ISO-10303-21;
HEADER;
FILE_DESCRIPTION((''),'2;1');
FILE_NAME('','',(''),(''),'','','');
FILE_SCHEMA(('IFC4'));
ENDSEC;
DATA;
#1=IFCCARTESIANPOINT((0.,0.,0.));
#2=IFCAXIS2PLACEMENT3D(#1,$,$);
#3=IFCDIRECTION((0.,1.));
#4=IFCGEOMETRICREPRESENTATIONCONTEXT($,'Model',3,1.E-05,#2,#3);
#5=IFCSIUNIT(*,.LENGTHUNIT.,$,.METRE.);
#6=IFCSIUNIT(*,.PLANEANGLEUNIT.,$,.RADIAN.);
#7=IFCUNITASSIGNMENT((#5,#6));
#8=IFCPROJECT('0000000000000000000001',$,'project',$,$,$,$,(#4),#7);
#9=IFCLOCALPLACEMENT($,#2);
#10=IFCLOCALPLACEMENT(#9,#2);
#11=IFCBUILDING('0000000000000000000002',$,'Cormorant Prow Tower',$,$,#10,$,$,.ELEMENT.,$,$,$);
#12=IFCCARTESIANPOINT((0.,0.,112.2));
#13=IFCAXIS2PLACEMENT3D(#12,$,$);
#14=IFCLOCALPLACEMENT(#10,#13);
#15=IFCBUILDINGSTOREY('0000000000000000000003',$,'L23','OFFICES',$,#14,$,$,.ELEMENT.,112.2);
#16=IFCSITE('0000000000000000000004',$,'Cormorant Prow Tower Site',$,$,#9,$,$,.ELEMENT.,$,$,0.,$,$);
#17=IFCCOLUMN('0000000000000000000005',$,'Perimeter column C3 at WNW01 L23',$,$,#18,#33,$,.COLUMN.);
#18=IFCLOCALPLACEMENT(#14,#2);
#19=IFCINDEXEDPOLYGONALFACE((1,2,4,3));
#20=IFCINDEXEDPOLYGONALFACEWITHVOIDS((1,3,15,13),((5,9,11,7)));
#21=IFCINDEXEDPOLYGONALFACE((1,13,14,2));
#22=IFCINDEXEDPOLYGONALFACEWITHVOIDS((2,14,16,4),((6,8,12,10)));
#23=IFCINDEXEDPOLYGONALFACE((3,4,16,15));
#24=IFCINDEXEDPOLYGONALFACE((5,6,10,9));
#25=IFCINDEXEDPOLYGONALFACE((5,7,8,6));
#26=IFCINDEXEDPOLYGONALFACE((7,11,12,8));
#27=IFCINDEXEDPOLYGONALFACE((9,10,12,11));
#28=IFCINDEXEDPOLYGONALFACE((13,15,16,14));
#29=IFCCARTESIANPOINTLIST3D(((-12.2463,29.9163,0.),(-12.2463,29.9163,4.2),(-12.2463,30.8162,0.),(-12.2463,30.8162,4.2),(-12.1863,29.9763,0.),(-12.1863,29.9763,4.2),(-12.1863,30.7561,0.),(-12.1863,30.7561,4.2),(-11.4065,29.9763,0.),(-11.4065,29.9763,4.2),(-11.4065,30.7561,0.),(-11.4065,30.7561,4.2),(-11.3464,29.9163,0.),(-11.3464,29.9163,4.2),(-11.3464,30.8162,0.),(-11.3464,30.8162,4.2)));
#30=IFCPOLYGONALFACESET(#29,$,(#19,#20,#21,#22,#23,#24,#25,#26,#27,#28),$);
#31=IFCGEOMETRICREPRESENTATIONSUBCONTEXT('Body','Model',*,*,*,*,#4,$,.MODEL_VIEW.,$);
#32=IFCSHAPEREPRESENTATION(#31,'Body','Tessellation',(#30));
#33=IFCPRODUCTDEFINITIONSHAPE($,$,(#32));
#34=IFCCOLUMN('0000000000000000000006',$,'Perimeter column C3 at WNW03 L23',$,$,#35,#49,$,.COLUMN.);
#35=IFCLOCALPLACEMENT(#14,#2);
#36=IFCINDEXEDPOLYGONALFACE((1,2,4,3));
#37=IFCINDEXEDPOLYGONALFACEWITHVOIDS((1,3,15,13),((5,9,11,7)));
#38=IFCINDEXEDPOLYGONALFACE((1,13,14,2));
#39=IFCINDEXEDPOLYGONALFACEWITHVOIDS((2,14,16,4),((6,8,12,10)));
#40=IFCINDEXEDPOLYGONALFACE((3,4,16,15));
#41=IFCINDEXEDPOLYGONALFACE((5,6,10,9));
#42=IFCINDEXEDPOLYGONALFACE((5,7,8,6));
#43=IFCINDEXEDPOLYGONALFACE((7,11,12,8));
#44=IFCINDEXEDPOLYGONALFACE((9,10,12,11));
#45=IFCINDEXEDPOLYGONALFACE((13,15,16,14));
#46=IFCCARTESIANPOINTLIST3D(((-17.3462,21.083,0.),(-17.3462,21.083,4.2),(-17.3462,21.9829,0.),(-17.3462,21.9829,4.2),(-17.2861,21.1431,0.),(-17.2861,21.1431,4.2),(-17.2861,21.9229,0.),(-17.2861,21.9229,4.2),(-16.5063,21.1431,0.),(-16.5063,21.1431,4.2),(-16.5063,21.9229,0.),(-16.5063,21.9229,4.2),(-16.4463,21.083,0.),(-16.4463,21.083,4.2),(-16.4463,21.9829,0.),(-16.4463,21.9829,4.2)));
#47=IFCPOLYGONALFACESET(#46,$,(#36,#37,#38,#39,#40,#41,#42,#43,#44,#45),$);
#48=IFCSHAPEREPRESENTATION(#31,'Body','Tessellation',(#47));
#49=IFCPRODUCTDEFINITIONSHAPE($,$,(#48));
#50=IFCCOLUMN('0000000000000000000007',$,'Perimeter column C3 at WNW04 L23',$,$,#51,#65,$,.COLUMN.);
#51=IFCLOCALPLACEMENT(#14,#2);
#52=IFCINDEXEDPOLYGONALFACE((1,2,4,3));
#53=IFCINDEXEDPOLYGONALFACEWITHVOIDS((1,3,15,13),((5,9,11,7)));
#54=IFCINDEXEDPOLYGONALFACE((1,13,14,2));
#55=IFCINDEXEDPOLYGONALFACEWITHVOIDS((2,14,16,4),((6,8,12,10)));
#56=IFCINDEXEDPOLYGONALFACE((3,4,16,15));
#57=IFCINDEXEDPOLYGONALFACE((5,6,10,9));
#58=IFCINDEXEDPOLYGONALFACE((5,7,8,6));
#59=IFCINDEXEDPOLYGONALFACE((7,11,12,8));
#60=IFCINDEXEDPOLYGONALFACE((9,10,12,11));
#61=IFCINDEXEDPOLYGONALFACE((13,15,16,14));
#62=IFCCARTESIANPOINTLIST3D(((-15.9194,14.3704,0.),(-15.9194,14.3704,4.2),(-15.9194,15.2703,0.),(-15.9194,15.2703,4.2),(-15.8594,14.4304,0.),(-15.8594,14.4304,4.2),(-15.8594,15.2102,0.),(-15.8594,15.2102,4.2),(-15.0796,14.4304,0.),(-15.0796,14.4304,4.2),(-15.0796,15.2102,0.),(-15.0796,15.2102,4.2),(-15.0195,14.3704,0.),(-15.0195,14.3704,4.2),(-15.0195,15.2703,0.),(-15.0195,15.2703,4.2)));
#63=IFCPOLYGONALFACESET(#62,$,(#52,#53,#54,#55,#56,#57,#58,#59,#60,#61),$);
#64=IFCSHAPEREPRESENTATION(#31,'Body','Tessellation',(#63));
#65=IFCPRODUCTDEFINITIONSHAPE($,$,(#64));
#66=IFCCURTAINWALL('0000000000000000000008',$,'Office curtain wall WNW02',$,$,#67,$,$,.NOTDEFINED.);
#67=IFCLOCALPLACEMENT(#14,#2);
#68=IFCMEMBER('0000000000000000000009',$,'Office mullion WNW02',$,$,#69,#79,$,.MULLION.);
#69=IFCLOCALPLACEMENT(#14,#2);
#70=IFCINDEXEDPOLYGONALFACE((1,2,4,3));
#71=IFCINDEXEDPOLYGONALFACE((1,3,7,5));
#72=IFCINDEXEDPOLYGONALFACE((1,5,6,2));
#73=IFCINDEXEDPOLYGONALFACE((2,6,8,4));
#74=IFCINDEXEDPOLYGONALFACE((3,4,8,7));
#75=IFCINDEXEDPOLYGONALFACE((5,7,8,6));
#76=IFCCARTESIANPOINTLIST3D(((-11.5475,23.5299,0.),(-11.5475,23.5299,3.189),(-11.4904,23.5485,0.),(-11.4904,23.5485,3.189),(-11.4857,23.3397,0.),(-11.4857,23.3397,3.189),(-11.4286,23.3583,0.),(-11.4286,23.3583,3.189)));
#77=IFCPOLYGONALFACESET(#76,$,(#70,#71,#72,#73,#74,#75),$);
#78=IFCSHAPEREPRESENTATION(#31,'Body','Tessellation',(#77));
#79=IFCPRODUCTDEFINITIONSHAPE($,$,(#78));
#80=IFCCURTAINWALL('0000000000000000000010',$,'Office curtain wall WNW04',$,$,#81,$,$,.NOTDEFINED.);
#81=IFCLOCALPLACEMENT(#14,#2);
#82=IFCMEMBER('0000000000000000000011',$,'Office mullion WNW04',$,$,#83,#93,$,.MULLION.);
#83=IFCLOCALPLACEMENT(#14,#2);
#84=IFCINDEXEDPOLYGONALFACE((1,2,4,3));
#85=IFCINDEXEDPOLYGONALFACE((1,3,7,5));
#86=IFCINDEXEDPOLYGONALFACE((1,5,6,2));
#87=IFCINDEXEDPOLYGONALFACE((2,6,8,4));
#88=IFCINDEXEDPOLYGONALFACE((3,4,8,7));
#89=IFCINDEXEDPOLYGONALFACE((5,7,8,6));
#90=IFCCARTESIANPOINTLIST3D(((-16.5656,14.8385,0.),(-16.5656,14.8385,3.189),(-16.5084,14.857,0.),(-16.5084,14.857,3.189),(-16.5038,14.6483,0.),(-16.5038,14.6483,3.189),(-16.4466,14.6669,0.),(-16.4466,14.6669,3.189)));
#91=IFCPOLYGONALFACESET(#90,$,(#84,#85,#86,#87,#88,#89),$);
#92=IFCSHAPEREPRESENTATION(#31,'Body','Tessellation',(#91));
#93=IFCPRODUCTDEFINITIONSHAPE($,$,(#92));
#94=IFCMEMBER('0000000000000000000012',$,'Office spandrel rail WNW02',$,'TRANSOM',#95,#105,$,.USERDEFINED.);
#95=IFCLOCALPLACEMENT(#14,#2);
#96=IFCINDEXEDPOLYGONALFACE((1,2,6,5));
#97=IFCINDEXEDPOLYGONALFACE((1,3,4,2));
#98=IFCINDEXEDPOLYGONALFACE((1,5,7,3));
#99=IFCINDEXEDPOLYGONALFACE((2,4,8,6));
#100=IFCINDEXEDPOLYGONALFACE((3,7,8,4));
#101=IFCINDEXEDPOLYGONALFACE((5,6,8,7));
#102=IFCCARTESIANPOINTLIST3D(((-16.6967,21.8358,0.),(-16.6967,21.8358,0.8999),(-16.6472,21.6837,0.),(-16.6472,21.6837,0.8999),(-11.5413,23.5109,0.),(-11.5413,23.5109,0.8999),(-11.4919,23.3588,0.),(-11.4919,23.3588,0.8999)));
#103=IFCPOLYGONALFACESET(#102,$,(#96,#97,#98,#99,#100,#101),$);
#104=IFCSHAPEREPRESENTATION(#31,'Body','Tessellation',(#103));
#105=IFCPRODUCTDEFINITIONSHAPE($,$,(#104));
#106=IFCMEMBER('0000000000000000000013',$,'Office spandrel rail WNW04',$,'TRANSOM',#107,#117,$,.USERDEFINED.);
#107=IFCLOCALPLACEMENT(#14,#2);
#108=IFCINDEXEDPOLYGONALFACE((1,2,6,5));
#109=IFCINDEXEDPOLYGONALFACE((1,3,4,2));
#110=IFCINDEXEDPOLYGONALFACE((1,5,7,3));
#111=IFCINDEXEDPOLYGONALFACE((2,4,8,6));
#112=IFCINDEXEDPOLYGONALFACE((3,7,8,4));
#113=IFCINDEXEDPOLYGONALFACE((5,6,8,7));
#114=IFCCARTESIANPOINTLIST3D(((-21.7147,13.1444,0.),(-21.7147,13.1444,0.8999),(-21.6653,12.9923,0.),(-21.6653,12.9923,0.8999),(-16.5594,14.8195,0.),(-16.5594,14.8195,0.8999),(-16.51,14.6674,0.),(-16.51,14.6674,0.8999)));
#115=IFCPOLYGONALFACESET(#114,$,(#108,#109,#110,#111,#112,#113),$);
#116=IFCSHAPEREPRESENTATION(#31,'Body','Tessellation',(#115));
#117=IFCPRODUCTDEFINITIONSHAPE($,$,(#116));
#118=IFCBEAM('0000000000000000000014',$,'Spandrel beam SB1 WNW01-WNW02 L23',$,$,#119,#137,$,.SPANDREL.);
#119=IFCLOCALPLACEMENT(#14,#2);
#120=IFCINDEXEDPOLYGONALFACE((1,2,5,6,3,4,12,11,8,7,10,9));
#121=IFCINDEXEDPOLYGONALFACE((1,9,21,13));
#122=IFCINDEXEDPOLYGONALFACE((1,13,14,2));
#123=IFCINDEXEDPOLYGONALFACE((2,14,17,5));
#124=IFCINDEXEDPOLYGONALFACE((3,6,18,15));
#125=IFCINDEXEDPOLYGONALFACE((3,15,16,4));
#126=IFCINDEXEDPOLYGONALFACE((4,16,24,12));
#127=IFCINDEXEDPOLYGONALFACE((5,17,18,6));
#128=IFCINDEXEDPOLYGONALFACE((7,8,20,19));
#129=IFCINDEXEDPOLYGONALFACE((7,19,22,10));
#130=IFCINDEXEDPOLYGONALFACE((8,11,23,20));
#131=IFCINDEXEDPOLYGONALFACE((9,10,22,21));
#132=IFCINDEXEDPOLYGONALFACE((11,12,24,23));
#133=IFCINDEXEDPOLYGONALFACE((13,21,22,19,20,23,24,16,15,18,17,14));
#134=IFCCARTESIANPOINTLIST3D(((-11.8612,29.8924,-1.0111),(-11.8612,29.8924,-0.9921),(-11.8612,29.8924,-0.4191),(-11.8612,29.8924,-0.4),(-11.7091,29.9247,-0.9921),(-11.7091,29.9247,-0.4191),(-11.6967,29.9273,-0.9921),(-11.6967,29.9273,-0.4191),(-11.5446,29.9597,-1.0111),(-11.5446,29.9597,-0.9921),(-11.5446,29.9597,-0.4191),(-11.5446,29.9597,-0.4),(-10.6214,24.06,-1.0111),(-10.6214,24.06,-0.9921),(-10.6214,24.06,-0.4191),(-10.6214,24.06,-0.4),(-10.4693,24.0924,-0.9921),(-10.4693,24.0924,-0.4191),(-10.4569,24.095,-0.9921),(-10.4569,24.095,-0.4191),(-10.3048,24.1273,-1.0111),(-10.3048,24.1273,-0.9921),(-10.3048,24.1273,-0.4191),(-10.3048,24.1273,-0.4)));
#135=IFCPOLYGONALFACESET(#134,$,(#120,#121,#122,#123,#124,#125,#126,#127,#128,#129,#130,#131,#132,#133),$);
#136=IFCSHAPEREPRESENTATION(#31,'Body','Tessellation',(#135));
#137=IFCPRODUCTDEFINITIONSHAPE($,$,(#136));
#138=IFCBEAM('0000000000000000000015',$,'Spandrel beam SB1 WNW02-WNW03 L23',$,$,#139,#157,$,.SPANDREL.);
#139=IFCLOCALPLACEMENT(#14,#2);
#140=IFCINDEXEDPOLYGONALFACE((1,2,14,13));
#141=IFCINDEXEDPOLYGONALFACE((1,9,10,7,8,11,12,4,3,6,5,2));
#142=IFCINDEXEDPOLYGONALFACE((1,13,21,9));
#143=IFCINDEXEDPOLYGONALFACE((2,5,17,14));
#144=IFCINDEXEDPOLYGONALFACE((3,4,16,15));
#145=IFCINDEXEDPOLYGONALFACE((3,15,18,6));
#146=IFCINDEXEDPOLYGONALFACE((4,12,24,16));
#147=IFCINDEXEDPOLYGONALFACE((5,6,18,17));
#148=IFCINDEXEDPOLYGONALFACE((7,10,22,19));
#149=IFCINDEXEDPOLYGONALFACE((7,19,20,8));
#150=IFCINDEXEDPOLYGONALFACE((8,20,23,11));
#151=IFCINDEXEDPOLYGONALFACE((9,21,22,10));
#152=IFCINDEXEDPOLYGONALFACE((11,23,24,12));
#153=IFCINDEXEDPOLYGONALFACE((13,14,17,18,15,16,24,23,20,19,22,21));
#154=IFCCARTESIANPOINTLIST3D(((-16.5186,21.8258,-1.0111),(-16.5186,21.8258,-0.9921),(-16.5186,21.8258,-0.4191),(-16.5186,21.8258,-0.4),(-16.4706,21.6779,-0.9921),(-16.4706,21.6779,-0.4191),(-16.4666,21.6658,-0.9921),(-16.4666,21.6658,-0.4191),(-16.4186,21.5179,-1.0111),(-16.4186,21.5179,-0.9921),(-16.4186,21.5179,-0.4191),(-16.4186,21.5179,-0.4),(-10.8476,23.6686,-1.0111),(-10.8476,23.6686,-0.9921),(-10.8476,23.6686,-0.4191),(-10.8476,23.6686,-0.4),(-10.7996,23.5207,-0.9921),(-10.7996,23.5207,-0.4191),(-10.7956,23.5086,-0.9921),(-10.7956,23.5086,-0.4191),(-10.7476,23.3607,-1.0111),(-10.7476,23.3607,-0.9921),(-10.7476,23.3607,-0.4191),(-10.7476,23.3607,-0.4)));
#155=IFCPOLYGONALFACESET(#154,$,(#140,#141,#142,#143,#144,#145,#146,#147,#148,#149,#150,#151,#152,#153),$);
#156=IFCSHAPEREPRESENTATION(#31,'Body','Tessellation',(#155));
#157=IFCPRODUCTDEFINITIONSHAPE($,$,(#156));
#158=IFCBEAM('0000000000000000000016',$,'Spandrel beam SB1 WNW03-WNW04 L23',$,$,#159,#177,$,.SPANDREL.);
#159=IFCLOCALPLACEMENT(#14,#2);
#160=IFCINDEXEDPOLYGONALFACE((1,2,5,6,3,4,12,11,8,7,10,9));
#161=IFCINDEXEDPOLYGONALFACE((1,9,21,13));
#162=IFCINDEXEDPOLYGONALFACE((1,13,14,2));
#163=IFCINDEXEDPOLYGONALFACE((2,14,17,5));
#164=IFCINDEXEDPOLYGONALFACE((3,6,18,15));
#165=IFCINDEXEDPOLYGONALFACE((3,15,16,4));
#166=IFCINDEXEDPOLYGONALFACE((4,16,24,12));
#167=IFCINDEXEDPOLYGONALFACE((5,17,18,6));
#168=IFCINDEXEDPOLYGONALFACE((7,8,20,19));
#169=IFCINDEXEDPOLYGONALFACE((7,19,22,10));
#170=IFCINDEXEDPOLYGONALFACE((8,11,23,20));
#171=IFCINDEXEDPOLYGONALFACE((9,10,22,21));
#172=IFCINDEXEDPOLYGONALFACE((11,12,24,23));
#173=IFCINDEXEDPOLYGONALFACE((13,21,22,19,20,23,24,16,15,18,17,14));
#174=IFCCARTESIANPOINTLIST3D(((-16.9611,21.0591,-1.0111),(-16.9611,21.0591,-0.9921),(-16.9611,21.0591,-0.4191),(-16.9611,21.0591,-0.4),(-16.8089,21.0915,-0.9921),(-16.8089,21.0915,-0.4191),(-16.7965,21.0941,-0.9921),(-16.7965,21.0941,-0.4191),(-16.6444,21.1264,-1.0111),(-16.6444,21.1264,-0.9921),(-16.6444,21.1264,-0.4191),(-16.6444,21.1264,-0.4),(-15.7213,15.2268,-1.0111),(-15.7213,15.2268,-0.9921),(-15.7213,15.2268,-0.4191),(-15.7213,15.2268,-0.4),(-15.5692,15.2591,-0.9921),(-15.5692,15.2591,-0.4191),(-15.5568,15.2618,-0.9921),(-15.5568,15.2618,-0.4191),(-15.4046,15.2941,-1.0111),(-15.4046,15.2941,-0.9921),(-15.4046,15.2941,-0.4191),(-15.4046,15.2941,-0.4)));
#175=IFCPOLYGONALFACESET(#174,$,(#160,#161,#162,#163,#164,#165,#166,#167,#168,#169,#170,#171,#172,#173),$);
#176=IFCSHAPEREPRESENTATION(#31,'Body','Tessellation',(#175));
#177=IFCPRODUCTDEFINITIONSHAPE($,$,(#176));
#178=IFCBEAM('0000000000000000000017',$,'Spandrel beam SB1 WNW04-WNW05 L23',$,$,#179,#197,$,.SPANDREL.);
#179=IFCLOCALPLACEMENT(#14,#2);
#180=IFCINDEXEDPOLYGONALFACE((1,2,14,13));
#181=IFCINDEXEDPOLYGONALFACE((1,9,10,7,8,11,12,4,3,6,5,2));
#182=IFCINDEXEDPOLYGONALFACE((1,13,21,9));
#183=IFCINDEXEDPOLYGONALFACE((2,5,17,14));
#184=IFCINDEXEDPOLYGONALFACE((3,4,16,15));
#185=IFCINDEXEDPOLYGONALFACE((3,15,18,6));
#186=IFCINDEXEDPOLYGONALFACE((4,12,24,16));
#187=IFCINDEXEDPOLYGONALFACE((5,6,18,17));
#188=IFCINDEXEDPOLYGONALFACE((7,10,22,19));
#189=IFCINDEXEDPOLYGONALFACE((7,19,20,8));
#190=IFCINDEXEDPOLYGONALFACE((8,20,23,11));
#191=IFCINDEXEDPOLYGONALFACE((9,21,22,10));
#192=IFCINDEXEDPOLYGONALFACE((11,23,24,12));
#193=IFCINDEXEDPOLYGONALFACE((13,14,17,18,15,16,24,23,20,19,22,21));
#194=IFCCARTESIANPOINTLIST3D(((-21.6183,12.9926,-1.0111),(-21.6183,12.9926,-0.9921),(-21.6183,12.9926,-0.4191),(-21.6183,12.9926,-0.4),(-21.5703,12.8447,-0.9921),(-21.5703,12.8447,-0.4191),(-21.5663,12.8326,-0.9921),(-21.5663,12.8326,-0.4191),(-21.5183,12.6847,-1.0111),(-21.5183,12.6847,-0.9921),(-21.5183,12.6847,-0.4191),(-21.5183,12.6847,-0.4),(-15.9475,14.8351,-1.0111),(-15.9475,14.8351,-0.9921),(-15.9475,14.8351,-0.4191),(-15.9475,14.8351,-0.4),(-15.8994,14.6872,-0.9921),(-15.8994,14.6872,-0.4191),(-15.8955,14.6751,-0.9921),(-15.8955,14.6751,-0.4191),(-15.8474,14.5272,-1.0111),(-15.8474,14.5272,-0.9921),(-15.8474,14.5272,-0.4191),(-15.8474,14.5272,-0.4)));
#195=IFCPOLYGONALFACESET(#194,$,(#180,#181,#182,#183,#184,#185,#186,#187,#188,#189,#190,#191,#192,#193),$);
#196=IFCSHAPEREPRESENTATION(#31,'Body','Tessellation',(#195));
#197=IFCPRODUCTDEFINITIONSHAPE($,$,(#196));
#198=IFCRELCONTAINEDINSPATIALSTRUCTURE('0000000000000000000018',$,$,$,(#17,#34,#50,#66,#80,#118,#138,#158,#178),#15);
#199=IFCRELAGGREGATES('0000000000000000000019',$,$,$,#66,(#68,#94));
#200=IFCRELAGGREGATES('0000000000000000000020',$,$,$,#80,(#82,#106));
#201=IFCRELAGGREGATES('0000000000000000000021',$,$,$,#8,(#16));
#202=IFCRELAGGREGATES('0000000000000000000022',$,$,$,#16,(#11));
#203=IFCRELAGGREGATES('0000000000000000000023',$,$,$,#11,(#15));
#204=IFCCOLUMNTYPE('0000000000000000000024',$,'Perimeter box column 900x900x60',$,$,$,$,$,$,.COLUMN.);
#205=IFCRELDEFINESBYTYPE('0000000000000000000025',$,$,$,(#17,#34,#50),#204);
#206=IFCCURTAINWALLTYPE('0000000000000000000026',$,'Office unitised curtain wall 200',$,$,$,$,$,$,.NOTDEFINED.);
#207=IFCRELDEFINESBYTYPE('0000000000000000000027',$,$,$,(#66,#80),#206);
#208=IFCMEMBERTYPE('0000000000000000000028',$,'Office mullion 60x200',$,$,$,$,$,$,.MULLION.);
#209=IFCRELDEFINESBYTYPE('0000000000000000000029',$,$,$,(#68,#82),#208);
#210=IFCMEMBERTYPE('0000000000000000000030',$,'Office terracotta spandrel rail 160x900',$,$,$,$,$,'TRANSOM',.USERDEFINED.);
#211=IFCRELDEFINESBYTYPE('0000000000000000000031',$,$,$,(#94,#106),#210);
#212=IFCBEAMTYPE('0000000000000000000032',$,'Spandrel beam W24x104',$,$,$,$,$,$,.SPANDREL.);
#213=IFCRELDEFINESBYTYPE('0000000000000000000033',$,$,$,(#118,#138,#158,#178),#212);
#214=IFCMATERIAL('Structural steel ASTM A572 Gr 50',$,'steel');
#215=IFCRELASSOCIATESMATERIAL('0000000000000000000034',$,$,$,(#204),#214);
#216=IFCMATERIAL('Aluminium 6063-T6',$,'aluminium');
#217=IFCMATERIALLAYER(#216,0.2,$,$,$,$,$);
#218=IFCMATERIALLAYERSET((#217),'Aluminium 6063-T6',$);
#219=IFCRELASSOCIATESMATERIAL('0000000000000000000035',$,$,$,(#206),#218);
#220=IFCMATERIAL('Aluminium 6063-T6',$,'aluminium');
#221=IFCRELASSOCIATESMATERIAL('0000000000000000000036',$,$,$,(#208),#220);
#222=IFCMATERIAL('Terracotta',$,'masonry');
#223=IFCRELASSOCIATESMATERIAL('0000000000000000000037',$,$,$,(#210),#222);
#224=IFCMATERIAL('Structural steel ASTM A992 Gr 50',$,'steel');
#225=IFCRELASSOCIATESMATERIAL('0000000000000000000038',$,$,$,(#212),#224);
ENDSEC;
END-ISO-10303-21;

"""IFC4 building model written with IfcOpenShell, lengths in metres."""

from ifc_helpers import new_model, si_unit, direction, frame, origin, origin_2d, place, context, subcontext, project, spatial, rectangle, hollow_rectangle, i_section, extrude, material, layer, layer_set, material_profile, profile_set, type_object, element, aggregate, save


model = new_model("IFC4")

# Units and contexts
model_context = context("Model", 3, precision=1e-05, world=origin(), true_north=direction((0.0, 1.0)))
body_context = subcontext(model_context, "Body", "Model", "MODEL_VIEW")
ifc_project = project(units=[si_unit("LENGTHUNIT", "METRE"), si_unit("PLANEANGLEUNIT", "RADIAN")], contexts=[model_context])

# Site, building, storey
site_placement = place(None, origin())
site = spatial("IfcSite", under=ifc_project, at=site_placement, Name="Cormorant Prow Tower Site", CompositionType="ELEMENT", RefElevation=0.0)
building_placement = place(site_placement, origin())
building = spatial("IfcBuilding", under=site, at=building_placement, Name="Cormorant Prow Tower", CompositionType="ELEMENT")
storey_placement = place(building_placement, frame((0.0, 0.0, 112.2)))
storey = spatial("IfcBuildingStorey", under=building, at=storey_placement, Name="L23", Description="OFFICES", CompositionType="ELEMENT", Elevation=112.2)

# Columns
ifc_material_1 = material(Name="Structural steel ASTM A572 Gr 50", Category="steel")
ifc_material_profile_1 = material_profile(ifc_material_1, hollow_rectangle(XDim=0.8999, YDim=0.8999, WallThickness=0.0601, at=origin_2d()), Name="Box 900x900x60")
ifc_profile_set_1 = profile_set([ifc_material_profile_1], Name="Structural steel ASTM A572 Gr 50")
column_type = type_object("IfcColumnType", Name="Perimeter box column 900x900x60", PredefinedType="COLUMN", material=ifc_profile_set_1)
for number, where, z_axis, x_axis, name in (
    (1, (-11.7964, 30.3662, 0.0), (0.0, 0.0, 1.0), (1.0, 0.0, 0.0), "Perimeter column C3 at WNW01 L23"),
    (2, (-16.8962, 21.533, 0.0), (0.0, 0.0, 1.0), (1.0, 0.0, 0.0), "Perimeter column C3 at WNW03 L23"),
    (3, (-15.4695, 14.8203, 0.0), (0.0, 0.0, 1.0), (1.0, 0.0, 0.0), "Perimeter column C3 at WNW04 L23"),
):
    element("IfcColumn", number, at=place(storey_placement, frame(where, z_axis=z_axis, x_axis=x_axis)), inside=storey, type_object=column_type, Name=name, PredefinedType="COLUMN", context=body_context, shape_type="SweptSolid", body=[
        extrude(hollow_rectangle(XDim=0.8999, YDim=0.8999, WallThickness=0.0601, at=origin_2d()), origin(), (0.0, 0.0, 1.0), 4.2),
    ])

# Curtain walls, members
ifc_material_2 = material(Name="Aluminium 6063-T6", Category="aluminium")
ifc_layer_1 = layer(ifc_material_2, 0.2)
ifc_layer_set_1 = layer_set([ifc_layer_1], Name="Aluminium 6063-T6")
curtain_wall_type = type_object("IfcCurtainWallType", Name="Office unitised curtain wall 200", PredefinedType="NOTDEFINED", material=ifc_layer_set_1)
curtain_wall_1_placement = place(storey_placement, origin())
curtain_wall_1 = element("IfcCurtainWall", 4, at=curtain_wall_1_placement, inside=storey, type_object=curtain_wall_type, Name="Office curtain wall WNW02", PredefinedType="NOTDEFINED")
ifc_material_3 = material(Name="Aluminium 6063-T6", Category="aluminium")
ifc_material_profile_2 = material_profile(ifc_material_3, rectangle(XDim=0.2, YDim=0.0601, at=origin_2d()), Name="Office mullion 60x200")
ifc_profile_set_2 = profile_set([ifc_material_profile_2], Name="Aluminium 6063-T6")
member_type_1 = type_object("IfcMemberType", Name="Office mullion 60x200", PredefinedType="MULLION", material=ifc_profile_set_2)
member_1_placement = place(storey_placement, frame((-11.488, 23.4441, 0.0), z_axis=(0.0, 0.0, 1.0), x_axis=(0.309017, -0.951057, 0.0)))
member_1 = element("IfcMember", 5, at=member_1_placement, type_object=member_type_1, Name="Office mullion WNW02", PredefinedType="MULLION", context=body_context, shape_type="SweptSolid", body=[
    extrude(rectangle(XDim=0.2, YDim=0.0601, at=origin_2d()), origin(), (0.0, 0.0, 1.0), 3.189),
])
curtain_wall_2_placement = place(storey_placement, origin())
curtain_wall_2 = element("IfcCurtainWall", 6, at=curtain_wall_2_placement, inside=storey, type_object=curtain_wall_type, Name="Office curtain wall WNW04", PredefinedType="NOTDEFINED")
member_2_placement = place(storey_placement, frame((-16.5061, 14.7527, 0.0), z_axis=(0.0, 0.0, 1.0), x_axis=(0.309017, -0.951057, 0.0)))
member_2 = element("IfcMember", 7, at=member_2_placement, type_object=member_type_1, Name="Office mullion WNW04", PredefinedType="MULLION", context=body_context, shape_type="SweptSolid", body=[
    extrude(rectangle(XDim=0.2, YDim=0.0601, at=origin_2d()), origin(), (0.0, 0.0, 1.0), 3.189),
])

# Members
ifc_material_4 = material(Name="Terracotta", Category="masonry")
ifc_material_profile_3 = material_profile(ifc_material_4, rectangle(XDim=0.1599, YDim=0.8999, at=origin_2d()), Name="Office terracotta spandrel rail 160x900")
ifc_profile_set_3 = profile_set([ifc_material_profile_3], Name="Terracotta")
member_type_2 = type_object("IfcMemberType", Name="Office terracotta spandrel rail 160x900", ElementType="TRANSOM", PredefinedType="USERDEFINED", material=ifc_profile_set_3)
member_3_placement = place(storey_placement, frame((-11.5166, 23.4348, 0.45), z_axis=(-0.951057, -0.309017, 0.0), x_axis=(0.309017, -0.951057, 0.0)))
member_3 = element("IfcMember", 8, at=member_3_placement, type_object=member_type_2, Name="Office spandrel rail WNW02", ObjectType="TRANSOM", PredefinedType="USERDEFINED", context=body_context, shape_type="SweptSolid", body=[
    extrude(rectangle(XDim=0.1599, YDim=0.8999, at=origin_2d()), origin(), (0.0, 0.0, 1.0), 5.4207),
])
member_4_placement = place(storey_placement, frame((-16.5347, 14.7434, 0.45), z_axis=(-0.951057, -0.309017, 0.0), x_axis=(0.309017, -0.951057, 0.0)))
member_4 = element("IfcMember", 9, at=member_4_placement, type_object=member_type_2, Name="Office spandrel rail WNW04", ObjectType="TRANSOM", PredefinedType="USERDEFINED", context=body_context, shape_type="SweptSolid", body=[
    extrude(rectangle(XDim=0.1599, YDim=0.8999, at=origin_2d()), origin(), (0.0, 0.0, 1.0), 5.4207),
])

# Beams
ifc_material_5 = material(Name="Structural steel ASTM A992 Gr 50", Category="steel")
ifc_material_profile_4 = material_profile(ifc_material_5, i_section(OverallWidth=0.3237, OverallDepth=0.6111, WebThickness=0.0127, FlangeThickness=0.019, at=origin_2d()), Name="W24x104")
ifc_profile_set_4 = profile_set([ifc_material_profile_4], Name="Structural steel ASTM A992 Gr 50")
beam_type = type_object("IfcBeamType", Name="Spandrel beam W24x104", PredefinedType="SPANDREL", material=ifc_profile_set_4)
beam_1_placement = place(storey_placement, frame((-11.7029, 29.926, -0.7056), z_axis=(0.207921, -0.978146, 0.0), x_axis=(0.978146, 0.207921, 0.0)))
element("IfcBeam", 10, at=beam_1_placement, inside=storey, type_object=beam_type, Name="Spandrel beam SB1 WNW01-WNW02 L23", PredefinedType="SPANDREL", context=body_context, shape_type="SweptSolid", body=[
    extrude(i_section(OverallWidth=0.3237, OverallDepth=0.6111, WebThickness=0.0127, FlangeThickness=0.019, at=origin_2d()), origin(), (0.0, 0.0, 1.0), 5.9626),
])
beam_2_placement = place(storey_placement, frame((-10.7976, 23.5146, -0.7056), z_axis=(-0.951047, -0.309045, 0.0), x_axis=(0.309045, -0.951047, 0.0)))
element("IfcBeam", 11, at=beam_2_placement, inside=storey, type_object=beam_type, Name="Spandrel beam SB1 WNW02-WNW03 L23", PredefinedType="SPANDREL", context=body_context, shape_type="SweptSolid", body=[
    extrude(i_section(OverallWidth=0.3237, OverallDepth=0.6111, WebThickness=0.0127, FlangeThickness=0.019, at=origin_2d()), origin(), (0.0, 0.0, 1.0), 5.9629),
])
for number, where, z_axis, x_axis, name in (
    (12, (-16.8027, 21.0928, -0.7056), (0.207921, -0.978146, 0.0), (0.978146, 0.207921, 0.0), "Spandrel beam SB1 WNW03-WNW04 L23"),
    (13, (-15.8975, 14.6812, -0.7056), (-0.951059, -0.309008, 0.0), (0.309008, -0.951059, 0.0), "Spandrel beam SB1 WNW04-WNW05 L23"),
):
    element("IfcBeam", number, at=place(storey_placement, frame(where, z_axis=z_axis, x_axis=x_axis)), inside=storey, type_object=beam_type, Name=name, PredefinedType="SPANDREL", context=body_context, shape_type="SweptSolid", body=[
        extrude(i_section(OverallWidth=0.3237, OverallDepth=0.6111, WebThickness=0.0127, FlangeThickness=0.019, at=origin_2d()), origin(), (0.0, 0.0, 1.0), 5.9626),
    ])

aggregate(curtain_wall_1, [member_1, member_3])
aggregate(curtain_wall_2, [member_2, member_4])

save(model, "model.ifc")
